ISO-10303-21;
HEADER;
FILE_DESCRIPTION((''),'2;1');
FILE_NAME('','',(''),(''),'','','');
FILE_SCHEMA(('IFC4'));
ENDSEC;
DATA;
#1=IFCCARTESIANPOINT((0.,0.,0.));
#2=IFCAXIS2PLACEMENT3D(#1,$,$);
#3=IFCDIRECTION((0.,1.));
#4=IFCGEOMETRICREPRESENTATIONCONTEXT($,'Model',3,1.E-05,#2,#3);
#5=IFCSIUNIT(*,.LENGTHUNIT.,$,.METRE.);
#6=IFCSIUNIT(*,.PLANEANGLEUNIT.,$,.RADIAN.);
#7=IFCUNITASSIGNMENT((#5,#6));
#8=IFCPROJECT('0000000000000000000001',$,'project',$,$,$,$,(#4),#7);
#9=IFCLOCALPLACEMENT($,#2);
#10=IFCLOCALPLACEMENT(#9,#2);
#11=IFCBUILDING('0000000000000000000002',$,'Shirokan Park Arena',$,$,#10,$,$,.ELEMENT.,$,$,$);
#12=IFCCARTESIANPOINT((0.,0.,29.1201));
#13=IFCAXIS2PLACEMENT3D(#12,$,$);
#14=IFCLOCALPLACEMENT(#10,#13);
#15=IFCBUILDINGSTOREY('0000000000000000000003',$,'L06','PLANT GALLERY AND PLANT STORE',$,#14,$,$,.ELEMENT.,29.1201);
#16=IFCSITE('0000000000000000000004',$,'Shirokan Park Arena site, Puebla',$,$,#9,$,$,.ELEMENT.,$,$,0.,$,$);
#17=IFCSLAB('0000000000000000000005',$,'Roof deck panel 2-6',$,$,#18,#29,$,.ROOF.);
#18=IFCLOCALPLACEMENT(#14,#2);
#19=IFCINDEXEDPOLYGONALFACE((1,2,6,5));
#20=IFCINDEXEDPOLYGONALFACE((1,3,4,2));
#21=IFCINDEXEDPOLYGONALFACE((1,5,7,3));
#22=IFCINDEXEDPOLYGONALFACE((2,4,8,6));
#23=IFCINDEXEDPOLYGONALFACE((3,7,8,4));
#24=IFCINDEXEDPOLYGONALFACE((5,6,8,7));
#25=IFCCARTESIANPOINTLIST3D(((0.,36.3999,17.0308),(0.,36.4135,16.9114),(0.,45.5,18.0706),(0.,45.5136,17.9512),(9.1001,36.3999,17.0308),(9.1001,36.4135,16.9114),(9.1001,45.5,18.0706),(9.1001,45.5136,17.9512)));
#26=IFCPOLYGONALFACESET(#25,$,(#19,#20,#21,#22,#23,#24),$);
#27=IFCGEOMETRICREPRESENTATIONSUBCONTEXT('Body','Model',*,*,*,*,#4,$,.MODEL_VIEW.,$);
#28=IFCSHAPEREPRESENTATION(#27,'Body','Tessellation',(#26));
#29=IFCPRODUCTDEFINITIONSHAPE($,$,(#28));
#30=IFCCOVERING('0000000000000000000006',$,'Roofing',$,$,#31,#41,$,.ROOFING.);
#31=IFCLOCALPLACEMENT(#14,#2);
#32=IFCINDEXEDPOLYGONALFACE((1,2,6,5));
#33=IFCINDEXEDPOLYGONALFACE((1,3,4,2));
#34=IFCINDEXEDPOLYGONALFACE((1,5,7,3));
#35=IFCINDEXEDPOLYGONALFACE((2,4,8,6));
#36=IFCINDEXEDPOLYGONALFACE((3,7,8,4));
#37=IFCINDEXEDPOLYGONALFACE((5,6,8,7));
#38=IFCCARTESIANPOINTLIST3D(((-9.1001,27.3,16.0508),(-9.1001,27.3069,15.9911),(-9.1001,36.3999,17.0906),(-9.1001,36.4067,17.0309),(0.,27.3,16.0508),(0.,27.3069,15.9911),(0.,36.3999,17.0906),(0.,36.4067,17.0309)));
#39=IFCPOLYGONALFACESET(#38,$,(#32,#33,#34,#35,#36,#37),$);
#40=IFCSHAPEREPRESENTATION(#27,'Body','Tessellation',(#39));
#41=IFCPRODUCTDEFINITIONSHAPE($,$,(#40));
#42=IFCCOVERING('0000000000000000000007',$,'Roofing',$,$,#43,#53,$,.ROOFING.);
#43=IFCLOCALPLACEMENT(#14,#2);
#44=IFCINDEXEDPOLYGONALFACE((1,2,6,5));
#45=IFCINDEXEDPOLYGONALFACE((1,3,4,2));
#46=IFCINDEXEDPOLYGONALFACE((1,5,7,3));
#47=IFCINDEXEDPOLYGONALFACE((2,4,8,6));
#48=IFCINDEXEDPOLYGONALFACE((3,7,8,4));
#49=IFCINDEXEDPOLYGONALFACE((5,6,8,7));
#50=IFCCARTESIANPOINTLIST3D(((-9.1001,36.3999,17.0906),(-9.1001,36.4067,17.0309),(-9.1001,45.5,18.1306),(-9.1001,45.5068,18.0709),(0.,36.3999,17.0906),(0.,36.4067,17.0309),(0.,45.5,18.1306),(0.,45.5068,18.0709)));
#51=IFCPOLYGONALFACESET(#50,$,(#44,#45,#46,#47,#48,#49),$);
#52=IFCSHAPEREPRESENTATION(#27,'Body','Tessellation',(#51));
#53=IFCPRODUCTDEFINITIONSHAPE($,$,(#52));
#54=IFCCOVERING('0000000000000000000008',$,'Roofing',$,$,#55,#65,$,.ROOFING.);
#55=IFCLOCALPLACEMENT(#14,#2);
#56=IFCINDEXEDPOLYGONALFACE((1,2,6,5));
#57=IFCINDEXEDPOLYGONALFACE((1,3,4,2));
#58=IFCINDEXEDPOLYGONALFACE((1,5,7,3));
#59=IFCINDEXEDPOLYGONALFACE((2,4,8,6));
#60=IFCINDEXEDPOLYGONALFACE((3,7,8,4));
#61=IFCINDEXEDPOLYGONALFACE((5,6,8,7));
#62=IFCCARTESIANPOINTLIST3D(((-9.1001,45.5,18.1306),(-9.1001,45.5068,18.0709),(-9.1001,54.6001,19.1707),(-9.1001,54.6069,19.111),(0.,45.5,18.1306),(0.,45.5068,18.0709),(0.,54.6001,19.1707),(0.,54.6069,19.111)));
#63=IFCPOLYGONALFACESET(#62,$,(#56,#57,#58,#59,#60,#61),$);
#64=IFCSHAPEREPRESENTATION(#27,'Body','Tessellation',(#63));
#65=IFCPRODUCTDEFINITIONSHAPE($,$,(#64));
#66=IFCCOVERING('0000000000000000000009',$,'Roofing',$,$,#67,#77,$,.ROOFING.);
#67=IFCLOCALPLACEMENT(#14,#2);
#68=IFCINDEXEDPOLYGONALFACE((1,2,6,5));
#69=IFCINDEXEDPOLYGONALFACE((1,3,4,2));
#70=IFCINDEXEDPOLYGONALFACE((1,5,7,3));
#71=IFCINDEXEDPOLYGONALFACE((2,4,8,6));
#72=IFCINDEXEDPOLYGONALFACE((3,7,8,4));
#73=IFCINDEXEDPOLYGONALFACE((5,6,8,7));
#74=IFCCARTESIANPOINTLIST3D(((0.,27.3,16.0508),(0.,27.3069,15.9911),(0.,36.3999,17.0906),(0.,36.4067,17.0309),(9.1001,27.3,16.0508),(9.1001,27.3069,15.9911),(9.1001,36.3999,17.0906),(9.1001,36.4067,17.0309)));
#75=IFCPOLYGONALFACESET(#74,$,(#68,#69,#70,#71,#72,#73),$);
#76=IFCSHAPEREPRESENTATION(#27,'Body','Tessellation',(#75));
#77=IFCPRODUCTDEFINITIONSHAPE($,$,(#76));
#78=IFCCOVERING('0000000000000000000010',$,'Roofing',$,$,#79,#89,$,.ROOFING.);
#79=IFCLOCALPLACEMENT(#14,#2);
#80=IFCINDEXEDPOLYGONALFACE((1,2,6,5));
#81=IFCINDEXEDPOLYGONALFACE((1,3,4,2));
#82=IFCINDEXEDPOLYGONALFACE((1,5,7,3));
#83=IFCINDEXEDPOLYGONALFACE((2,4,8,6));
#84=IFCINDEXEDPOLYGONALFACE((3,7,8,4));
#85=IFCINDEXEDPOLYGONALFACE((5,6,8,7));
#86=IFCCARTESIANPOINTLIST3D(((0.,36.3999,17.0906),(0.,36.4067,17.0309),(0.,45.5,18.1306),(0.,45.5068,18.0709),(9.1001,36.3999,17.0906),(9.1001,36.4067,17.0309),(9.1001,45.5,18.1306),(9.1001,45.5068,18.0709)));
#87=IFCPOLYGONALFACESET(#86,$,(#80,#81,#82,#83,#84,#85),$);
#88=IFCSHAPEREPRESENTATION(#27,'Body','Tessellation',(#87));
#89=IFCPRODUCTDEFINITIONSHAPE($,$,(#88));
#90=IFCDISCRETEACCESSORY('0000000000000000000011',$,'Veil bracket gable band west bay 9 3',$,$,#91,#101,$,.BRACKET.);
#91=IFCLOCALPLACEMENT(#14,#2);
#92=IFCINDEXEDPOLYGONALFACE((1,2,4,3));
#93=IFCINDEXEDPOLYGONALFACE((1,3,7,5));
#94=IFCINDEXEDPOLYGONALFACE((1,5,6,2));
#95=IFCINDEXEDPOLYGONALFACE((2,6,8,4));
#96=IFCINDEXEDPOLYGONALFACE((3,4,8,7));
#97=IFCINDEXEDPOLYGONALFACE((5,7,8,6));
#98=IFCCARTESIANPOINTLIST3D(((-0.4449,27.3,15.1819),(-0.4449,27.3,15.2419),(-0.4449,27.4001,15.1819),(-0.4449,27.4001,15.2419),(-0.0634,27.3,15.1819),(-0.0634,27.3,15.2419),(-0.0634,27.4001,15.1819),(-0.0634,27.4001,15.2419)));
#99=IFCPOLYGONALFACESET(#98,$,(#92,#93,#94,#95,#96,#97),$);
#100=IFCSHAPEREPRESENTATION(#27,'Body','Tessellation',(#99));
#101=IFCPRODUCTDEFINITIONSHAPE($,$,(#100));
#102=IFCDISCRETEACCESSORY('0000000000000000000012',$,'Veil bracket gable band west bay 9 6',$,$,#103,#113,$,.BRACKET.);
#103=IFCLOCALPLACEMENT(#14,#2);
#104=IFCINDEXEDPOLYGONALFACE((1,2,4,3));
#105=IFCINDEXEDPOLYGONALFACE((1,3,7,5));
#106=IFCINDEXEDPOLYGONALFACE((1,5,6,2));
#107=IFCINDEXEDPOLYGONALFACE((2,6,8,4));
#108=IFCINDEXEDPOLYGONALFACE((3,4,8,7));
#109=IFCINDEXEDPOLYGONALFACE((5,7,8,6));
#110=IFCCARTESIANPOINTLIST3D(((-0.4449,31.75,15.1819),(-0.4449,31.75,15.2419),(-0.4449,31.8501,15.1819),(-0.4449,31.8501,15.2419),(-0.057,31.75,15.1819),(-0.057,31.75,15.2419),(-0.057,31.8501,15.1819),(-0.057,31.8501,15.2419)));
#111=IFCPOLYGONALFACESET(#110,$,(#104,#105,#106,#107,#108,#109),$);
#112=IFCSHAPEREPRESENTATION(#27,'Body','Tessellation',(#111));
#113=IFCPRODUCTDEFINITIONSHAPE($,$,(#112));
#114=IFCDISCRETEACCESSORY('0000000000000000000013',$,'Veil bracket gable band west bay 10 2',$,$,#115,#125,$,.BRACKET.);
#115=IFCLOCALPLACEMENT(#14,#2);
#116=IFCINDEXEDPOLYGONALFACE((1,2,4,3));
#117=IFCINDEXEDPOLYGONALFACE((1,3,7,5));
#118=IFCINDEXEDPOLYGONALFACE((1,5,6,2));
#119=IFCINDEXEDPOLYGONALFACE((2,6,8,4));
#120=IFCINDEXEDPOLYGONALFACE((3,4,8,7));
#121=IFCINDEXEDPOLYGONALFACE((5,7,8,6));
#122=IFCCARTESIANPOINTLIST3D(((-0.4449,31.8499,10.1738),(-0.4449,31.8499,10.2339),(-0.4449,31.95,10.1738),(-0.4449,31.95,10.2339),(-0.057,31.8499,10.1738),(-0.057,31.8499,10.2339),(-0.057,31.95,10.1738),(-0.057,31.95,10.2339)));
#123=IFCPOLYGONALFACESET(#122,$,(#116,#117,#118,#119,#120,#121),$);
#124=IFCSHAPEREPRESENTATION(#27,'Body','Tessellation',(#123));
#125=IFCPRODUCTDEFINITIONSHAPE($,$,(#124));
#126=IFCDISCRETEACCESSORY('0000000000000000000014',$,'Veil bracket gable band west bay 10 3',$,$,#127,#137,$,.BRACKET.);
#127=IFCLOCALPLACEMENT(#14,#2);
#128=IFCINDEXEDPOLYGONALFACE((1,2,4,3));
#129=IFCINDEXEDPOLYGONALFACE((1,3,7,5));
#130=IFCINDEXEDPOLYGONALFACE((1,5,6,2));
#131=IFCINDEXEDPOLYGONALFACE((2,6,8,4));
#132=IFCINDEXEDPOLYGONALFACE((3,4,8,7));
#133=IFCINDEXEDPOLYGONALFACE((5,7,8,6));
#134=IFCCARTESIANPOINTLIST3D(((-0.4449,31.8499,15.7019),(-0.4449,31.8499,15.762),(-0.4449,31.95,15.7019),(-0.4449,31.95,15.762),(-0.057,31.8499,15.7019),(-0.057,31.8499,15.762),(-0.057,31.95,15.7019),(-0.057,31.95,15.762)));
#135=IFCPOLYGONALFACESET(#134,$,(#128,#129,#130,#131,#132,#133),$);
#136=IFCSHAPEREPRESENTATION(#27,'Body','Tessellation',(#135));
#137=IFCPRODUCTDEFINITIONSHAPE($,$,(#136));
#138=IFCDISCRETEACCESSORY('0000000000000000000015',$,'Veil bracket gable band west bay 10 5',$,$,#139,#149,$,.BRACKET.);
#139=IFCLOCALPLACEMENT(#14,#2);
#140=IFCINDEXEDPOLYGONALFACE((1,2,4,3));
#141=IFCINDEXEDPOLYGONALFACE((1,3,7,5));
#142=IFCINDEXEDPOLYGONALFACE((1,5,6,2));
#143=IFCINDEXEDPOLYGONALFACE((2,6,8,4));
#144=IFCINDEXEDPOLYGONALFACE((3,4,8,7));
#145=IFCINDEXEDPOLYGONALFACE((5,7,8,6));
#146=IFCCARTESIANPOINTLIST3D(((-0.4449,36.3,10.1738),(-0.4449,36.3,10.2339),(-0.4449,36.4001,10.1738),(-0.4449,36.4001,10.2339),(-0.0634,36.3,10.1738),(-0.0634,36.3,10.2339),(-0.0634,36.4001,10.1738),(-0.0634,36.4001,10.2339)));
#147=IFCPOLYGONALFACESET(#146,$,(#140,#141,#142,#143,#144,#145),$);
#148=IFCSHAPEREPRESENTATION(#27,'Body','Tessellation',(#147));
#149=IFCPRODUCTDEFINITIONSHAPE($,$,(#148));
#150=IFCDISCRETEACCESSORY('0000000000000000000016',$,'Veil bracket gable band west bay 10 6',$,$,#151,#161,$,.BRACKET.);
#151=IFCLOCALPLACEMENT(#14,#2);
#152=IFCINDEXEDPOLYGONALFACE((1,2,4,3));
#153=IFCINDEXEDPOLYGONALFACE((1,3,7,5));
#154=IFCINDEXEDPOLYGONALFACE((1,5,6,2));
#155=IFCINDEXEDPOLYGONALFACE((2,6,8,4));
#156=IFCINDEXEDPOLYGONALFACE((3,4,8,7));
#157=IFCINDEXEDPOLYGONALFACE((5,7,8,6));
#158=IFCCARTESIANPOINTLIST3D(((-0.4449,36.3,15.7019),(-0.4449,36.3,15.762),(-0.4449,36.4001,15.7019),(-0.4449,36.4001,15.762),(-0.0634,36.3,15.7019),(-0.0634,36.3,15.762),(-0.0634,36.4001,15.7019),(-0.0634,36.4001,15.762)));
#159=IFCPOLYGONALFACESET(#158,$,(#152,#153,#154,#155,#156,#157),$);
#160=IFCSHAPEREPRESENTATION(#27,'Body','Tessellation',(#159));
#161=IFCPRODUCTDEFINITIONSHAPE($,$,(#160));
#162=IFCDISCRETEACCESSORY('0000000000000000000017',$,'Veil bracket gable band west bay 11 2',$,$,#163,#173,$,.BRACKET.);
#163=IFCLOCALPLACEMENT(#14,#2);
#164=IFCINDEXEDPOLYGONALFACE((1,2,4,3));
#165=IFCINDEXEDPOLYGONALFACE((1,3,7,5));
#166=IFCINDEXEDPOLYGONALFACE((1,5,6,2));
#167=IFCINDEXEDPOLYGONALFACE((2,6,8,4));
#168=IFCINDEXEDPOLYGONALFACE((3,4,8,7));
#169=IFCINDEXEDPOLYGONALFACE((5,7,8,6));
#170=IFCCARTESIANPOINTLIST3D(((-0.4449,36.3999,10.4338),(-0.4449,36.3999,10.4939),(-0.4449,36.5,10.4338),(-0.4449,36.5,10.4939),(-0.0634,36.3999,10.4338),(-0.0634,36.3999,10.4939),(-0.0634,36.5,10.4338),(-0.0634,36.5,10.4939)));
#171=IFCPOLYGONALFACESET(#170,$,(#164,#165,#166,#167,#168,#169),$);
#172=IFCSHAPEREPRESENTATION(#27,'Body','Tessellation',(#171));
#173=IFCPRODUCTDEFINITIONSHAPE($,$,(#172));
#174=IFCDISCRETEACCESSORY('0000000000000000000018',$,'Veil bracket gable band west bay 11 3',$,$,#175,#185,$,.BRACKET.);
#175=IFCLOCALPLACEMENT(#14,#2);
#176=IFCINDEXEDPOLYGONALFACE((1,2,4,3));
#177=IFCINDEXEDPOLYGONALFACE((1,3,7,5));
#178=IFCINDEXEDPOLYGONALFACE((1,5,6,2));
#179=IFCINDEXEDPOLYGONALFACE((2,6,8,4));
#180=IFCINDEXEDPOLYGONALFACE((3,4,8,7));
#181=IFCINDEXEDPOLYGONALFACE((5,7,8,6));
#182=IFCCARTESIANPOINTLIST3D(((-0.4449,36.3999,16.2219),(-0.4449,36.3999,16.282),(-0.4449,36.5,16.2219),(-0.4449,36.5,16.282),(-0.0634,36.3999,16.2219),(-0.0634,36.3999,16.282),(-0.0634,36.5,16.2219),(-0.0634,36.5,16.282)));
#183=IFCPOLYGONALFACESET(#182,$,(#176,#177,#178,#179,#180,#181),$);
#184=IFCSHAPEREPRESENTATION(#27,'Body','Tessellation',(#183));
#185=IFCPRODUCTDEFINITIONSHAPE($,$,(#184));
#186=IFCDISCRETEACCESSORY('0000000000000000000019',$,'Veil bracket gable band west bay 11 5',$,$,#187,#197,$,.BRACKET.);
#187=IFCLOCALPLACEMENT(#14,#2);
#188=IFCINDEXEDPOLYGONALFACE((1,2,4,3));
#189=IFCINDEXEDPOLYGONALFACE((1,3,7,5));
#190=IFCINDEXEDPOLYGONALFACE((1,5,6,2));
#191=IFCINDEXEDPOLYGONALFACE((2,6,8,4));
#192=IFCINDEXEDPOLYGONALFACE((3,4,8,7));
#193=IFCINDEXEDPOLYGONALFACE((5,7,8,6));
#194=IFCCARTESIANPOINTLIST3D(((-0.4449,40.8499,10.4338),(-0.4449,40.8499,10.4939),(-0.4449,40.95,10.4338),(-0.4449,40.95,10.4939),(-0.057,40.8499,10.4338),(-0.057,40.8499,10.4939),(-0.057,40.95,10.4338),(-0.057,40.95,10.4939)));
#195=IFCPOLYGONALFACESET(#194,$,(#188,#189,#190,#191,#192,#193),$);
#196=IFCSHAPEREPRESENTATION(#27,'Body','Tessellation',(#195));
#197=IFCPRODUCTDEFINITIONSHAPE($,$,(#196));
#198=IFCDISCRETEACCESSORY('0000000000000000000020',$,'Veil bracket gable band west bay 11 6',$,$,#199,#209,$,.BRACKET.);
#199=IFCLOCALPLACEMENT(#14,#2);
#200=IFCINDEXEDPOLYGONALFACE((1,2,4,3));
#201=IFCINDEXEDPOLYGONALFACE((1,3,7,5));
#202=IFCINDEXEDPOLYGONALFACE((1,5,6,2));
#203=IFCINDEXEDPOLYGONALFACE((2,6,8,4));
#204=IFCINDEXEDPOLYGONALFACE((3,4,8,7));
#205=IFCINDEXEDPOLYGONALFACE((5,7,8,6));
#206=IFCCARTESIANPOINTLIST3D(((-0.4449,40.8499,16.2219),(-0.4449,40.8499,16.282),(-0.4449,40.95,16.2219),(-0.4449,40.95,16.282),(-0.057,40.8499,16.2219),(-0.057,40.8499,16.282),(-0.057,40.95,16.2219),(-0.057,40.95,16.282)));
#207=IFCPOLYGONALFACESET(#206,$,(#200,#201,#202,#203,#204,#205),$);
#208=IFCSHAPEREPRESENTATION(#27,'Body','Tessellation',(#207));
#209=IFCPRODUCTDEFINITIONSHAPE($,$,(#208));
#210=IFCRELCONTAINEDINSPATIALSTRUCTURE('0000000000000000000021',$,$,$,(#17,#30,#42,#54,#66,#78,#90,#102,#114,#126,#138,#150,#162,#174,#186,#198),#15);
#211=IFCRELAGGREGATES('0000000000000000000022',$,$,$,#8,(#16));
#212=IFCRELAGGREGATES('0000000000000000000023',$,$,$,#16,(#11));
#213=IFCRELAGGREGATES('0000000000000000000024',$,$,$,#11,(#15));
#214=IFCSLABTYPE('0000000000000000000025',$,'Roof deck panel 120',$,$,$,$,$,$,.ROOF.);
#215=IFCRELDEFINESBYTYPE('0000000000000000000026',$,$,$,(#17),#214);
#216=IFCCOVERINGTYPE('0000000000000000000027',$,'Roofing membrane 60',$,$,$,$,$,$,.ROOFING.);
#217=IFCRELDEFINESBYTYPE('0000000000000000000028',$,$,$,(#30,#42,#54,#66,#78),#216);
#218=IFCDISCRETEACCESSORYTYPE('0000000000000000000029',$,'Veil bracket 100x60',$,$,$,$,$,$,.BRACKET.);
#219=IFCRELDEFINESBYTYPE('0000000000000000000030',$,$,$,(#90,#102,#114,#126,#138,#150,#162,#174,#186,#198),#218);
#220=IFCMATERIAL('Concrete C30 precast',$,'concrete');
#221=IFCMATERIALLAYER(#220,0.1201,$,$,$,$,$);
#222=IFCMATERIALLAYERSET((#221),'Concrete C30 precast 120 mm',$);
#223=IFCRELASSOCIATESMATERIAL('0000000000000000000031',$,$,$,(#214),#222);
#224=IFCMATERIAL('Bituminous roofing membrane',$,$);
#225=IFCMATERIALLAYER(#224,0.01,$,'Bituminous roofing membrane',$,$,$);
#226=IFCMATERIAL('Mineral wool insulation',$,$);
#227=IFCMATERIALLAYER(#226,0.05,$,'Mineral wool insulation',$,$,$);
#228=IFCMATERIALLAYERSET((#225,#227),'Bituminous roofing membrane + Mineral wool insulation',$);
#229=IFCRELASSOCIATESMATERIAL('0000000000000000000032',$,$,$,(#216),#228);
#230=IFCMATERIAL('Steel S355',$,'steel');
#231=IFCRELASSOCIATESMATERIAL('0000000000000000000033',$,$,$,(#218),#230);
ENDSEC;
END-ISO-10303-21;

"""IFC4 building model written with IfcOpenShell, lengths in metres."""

from ifc_helpers import new_model, si_unit, direction, frame, origin, origin_2d, place, context, subcontext, project, spatial, polyline, rectangle, outline, extrude, material, layer, layer_set, type_object, element, save


model = new_model("IFC4")

# Units and contexts
model_context = context("Model", 3, precision=1e-05, world=origin(), true_north=direction((0.0, 1.0)))
body_context = subcontext(model_context, "Body", "Model", "MODEL_VIEW")
ifc_project = project(units=[si_unit("LENGTHUNIT", "METRE"), si_unit("PLANEANGLEUNIT", "RADIAN")], contexts=[model_context])

# Site, building, storey
site_placement = place(None, origin())
site = spatial("IfcSite", under=ifc_project, at=site_placement, Name="Shirokan Park Arena site, Puebla", CompositionType="ELEMENT", RefElevation=0.0)
building_placement = place(site_placement, origin())
building = spatial("IfcBuilding", under=site, at=building_placement, Name="Shirokan Park Arena", CompositionType="ELEMENT")
storey_placement = place(building_placement, frame((0.0, 0.0, 29.1201)))
storey = spatial("IfcBuildingStorey", under=building, at=storey_placement, Name="L06", Description="PLANT GALLERY AND PLANT STORE", CompositionType="ELEMENT", Elevation=29.1201)

# Slab
ifc_material_1 = material(Name="Concrete C30 precast", Category="concrete")
ifc_layer_1 = layer(ifc_material_1, 0.1201)
ifc_layer_set_1 = layer_set([ifc_layer_1], Name="Concrete C30 precast 120 mm")
slab_type = type_object("IfcSlabType", Name="Roof deck panel 120", PredefinedType="ROOF", material=ifc_layer_set_1)
slab_1_placement = place(storey_placement, frame((0.0, 36.3999, 17.0308), z_axis=(0.0, -0.113523, 0.993535), x_axis=(1.0, 0.0, 0.0)))
element("IfcSlab", 1, at=slab_1_placement, inside=storey, type_object=slab_type, Name="Roof deck panel 2-6", PredefinedType="ROOF", context=body_context, shape_type="SweptSolid", body=[
    extrude(outline(polyline([(0.0, 0.0), (9.1001, 0.0), (9.1001, 9.1593), (0.0, 9.1593), (0.0, 0.0)])), origin(), (0.0, 0.0, -1.0), 0.1201),
])

# Coverings
ifc_material_2 = material(Name="Bituminous roofing membrane")
ifc_layer_2 = layer(ifc_material_2, 0.01, Name="Bituminous roofing membrane")
ifc_material_3 = material(Name="Mineral wool insulation")
ifc_layer_3 = layer(ifc_material_3, 0.05, Name="Mineral wool insulation")
ifc_layer_set_2 = layer_set([ifc_layer_2, ifc_layer_3], Name="Bituminous roofing membrane + Mineral wool insulation")
covering_type = type_object("IfcCoveringType", Name="Roofing membrane 60", PredefinedType="ROOFING", material=ifc_layer_set_2)
covering_1_placement = place(storey_placement, frame((-9.1001, 27.3, 16.0508), z_axis=(0.0, -0.113526, 0.993535), x_axis=(1.0, 0.0, 0.0)))
element("IfcCovering", 2, at=covering_1_placement, inside=storey, type_object=covering_type, Name="Roofing", PredefinedType="ROOFING", context=body_context, shape_type="SweptSolid", body=[
    extrude(outline(polyline([(0.0, 0.0), (9.1001, 0.0), (9.1001, 9.1591), (0.0, 9.1591), (0.0, 0.0)])), origin(), (0.0, 0.0, -1.0), 0.0601),
])
for number, where, z_axis, x_axis, name in (
    (3, (-9.1001, 36.3999, 17.0906), (0.0, -0.11355, 0.993532), (1.0, 0.0, 0.0), "Roofing"),
    (4, (-9.1001, 45.5, 18.1306), (0.0, -0.11355, 0.993532), (1.0, 0.0, 0.0), "Roofing"),
):
    element("IfcCovering", number, at=place(storey_placement, frame(where, z_axis=z_axis, x_axis=x_axis)), inside=storey, type_object=covering_type, Name=name, PredefinedType="ROOFING", context=body_context, shape_type="SweptSolid", body=[
        extrude(outline(polyline([(0.0, 0.0), (9.1001, 0.0), (9.1001, 9.1593), (0.0, 9.1593), (0.0, 0.0)])), origin(), (0.0, 0.0, -1.0), 0.0601),
    ])
covering_2_placement = place(storey_placement, frame((0.0, 27.3, 16.0508), z_axis=(0.0, -0.113526, 0.993535), x_axis=(1.0, 0.0, 0.0)))
element("IfcCovering", 5, at=covering_2_placement, inside=storey, type_object=covering_type, Name="Roofing", PredefinedType="ROOFING", context=body_context, shape_type="SweptSolid", body=[
    extrude(outline(polyline([(0.0, 0.0), (9.1001, 0.0), (9.1001, 9.1591), (0.0, 9.1591), (0.0, 0.0)])), origin(), (0.0, 0.0, -1.0), 0.0601),
])
covering_3_placement = place(storey_placement, frame((0.0, 36.3999, 17.0906), z_axis=(0.0, -0.11355, 0.993532), x_axis=(1.0, 0.0, 0.0)))
element("IfcCovering", 6, at=covering_3_placement, inside=storey, type_object=covering_type, Name="Roofing", PredefinedType="ROOFING", context=body_context, shape_type="SweptSolid", body=[
    extrude(outline(polyline([(0.0, 0.0), (9.1001, 0.0), (9.1001, 9.1593), (0.0, 9.1593), (0.0, 0.0)])), origin(), (0.0, 0.0, -1.0), 0.0601),
])

# Discrete accessories
ifc_material_4 = material(Name="Steel S355", Category="steel")
discrete_accessory_type = type_object("IfcDiscreteAccessoryType", Name="Veil bracket 100x60", PredefinedType="BRACKET", material=ifc_material_4)
discrete_accessory_placement = place(storey_placement, frame((-0.2542, 27.3501, 15.1819), z_axis=(0.0, 0.0, 1.0), x_axis=(1.0, 0.0, 0.0)))
element("IfcDiscreteAccessory", 7, at=discrete_accessory_placement, inside=storey, type_object=discrete_accessory_type, Name="Veil bracket gable band west bay 9 3", PredefinedType="BRACKET", context=body_context, shape_type="SweptSolid", body=[
    extrude(rectangle(XDim=0.3816, YDim=0.1001, at=origin_2d()), origin(), (0.0, 0.0, 1.0), 0.0601),
])
for number, where, z_axis, x_axis, name in (
    (8, (-0.251, 31.8, 15.1819), (0.0, 0.0, 1.0), (1.0, 0.0, 0.0), "Veil bracket gable band west bay 9 6"),
    (9, (-0.251, 31.8999, 10.1738), (0.0, 0.0, 1.0), (1.0, 0.0, 0.0), "Veil bracket gable band west bay 10 2"),
    (10, (-0.251, 31.8999, 15.7019), (0.0, 0.0, 1.0), (1.0, 0.0, 0.0), "Veil bracket gable band west bay 10 3"),
):
    element("IfcDiscreteAccessory", number, at=place(storey_placement, frame(where, z_axis=z_axis, x_axis=x_axis)), inside=storey, type_object=discrete_accessory_type, Name=name, PredefinedType="BRACKET", context=body_context, shape_type="SweptSolid", body=[
        extrude(rectangle(XDim=0.3879, YDim=0.1001, at=origin_2d()), origin(), (0.0, 0.0, 1.0), 0.0601),
    ])
for number, where, z_axis, x_axis, name in (
    (11, (-0.2542, 36.3501, 10.1738), (0.0, 0.0, 1.0), (1.0, 0.0, 0.0), "Veil bracket gable band west bay 10 5"),
    (12, (-0.2542, 36.3501, 15.7019), (0.0, 0.0, 1.0), (1.0, 0.0, 0.0), "Veil bracket gable band west bay 10 6"),
    (13, (-0.2542, 36.45, 10.4338), (0.0, 0.0, 1.0), (1.0, 0.0, 0.0), "Veil bracket gable band west bay 11 2"),
    (14, (-0.2542, 36.45, 16.2219), (0.0, 0.0, 1.0), (1.0, 0.0, 0.0), "Veil bracket gable band west bay 11 3"),
):
    element("IfcDiscreteAccessory", number, at=place(storey_placement, frame(where, z_axis=z_axis, x_axis=x_axis)), inside=storey, type_object=discrete_accessory_type, Name=name, PredefinedType="BRACKET", context=body_context, shape_type="SweptSolid", body=[
        extrude(rectangle(XDim=0.3816, YDim=0.1001, at=origin_2d()), origin(), (0.0, 0.0, 1.0), 0.0601),
    ])
for number, where, z_axis, x_axis, name in (
    (15, (-0.251, 40.8999, 10.4338), (0.0, 0.0, 1.0), (1.0, 0.0, 0.0), "Veil bracket gable band west bay 11 5"),
    (16, (-0.251, 40.8999, 16.2219), (0.0, 0.0, 1.0), (1.0, 0.0, 0.0), "Veil bracket gable band west bay 11 6"),
):
    element("IfcDiscreteAccessory", number, at=place(storey_placement, frame(where, z_axis=z_axis, x_axis=x_axis)), inside=storey, type_object=discrete_accessory_type, Name=name, PredefinedType="BRACKET", context=body_context, shape_type="SweptSolid", body=[
        extrude(rectangle(XDim=0.3879, YDim=0.1001, at=origin_2d()), origin(), (0.0, 0.0, 1.0), 0.0601),
    ])

save(model, "model.ifc")
